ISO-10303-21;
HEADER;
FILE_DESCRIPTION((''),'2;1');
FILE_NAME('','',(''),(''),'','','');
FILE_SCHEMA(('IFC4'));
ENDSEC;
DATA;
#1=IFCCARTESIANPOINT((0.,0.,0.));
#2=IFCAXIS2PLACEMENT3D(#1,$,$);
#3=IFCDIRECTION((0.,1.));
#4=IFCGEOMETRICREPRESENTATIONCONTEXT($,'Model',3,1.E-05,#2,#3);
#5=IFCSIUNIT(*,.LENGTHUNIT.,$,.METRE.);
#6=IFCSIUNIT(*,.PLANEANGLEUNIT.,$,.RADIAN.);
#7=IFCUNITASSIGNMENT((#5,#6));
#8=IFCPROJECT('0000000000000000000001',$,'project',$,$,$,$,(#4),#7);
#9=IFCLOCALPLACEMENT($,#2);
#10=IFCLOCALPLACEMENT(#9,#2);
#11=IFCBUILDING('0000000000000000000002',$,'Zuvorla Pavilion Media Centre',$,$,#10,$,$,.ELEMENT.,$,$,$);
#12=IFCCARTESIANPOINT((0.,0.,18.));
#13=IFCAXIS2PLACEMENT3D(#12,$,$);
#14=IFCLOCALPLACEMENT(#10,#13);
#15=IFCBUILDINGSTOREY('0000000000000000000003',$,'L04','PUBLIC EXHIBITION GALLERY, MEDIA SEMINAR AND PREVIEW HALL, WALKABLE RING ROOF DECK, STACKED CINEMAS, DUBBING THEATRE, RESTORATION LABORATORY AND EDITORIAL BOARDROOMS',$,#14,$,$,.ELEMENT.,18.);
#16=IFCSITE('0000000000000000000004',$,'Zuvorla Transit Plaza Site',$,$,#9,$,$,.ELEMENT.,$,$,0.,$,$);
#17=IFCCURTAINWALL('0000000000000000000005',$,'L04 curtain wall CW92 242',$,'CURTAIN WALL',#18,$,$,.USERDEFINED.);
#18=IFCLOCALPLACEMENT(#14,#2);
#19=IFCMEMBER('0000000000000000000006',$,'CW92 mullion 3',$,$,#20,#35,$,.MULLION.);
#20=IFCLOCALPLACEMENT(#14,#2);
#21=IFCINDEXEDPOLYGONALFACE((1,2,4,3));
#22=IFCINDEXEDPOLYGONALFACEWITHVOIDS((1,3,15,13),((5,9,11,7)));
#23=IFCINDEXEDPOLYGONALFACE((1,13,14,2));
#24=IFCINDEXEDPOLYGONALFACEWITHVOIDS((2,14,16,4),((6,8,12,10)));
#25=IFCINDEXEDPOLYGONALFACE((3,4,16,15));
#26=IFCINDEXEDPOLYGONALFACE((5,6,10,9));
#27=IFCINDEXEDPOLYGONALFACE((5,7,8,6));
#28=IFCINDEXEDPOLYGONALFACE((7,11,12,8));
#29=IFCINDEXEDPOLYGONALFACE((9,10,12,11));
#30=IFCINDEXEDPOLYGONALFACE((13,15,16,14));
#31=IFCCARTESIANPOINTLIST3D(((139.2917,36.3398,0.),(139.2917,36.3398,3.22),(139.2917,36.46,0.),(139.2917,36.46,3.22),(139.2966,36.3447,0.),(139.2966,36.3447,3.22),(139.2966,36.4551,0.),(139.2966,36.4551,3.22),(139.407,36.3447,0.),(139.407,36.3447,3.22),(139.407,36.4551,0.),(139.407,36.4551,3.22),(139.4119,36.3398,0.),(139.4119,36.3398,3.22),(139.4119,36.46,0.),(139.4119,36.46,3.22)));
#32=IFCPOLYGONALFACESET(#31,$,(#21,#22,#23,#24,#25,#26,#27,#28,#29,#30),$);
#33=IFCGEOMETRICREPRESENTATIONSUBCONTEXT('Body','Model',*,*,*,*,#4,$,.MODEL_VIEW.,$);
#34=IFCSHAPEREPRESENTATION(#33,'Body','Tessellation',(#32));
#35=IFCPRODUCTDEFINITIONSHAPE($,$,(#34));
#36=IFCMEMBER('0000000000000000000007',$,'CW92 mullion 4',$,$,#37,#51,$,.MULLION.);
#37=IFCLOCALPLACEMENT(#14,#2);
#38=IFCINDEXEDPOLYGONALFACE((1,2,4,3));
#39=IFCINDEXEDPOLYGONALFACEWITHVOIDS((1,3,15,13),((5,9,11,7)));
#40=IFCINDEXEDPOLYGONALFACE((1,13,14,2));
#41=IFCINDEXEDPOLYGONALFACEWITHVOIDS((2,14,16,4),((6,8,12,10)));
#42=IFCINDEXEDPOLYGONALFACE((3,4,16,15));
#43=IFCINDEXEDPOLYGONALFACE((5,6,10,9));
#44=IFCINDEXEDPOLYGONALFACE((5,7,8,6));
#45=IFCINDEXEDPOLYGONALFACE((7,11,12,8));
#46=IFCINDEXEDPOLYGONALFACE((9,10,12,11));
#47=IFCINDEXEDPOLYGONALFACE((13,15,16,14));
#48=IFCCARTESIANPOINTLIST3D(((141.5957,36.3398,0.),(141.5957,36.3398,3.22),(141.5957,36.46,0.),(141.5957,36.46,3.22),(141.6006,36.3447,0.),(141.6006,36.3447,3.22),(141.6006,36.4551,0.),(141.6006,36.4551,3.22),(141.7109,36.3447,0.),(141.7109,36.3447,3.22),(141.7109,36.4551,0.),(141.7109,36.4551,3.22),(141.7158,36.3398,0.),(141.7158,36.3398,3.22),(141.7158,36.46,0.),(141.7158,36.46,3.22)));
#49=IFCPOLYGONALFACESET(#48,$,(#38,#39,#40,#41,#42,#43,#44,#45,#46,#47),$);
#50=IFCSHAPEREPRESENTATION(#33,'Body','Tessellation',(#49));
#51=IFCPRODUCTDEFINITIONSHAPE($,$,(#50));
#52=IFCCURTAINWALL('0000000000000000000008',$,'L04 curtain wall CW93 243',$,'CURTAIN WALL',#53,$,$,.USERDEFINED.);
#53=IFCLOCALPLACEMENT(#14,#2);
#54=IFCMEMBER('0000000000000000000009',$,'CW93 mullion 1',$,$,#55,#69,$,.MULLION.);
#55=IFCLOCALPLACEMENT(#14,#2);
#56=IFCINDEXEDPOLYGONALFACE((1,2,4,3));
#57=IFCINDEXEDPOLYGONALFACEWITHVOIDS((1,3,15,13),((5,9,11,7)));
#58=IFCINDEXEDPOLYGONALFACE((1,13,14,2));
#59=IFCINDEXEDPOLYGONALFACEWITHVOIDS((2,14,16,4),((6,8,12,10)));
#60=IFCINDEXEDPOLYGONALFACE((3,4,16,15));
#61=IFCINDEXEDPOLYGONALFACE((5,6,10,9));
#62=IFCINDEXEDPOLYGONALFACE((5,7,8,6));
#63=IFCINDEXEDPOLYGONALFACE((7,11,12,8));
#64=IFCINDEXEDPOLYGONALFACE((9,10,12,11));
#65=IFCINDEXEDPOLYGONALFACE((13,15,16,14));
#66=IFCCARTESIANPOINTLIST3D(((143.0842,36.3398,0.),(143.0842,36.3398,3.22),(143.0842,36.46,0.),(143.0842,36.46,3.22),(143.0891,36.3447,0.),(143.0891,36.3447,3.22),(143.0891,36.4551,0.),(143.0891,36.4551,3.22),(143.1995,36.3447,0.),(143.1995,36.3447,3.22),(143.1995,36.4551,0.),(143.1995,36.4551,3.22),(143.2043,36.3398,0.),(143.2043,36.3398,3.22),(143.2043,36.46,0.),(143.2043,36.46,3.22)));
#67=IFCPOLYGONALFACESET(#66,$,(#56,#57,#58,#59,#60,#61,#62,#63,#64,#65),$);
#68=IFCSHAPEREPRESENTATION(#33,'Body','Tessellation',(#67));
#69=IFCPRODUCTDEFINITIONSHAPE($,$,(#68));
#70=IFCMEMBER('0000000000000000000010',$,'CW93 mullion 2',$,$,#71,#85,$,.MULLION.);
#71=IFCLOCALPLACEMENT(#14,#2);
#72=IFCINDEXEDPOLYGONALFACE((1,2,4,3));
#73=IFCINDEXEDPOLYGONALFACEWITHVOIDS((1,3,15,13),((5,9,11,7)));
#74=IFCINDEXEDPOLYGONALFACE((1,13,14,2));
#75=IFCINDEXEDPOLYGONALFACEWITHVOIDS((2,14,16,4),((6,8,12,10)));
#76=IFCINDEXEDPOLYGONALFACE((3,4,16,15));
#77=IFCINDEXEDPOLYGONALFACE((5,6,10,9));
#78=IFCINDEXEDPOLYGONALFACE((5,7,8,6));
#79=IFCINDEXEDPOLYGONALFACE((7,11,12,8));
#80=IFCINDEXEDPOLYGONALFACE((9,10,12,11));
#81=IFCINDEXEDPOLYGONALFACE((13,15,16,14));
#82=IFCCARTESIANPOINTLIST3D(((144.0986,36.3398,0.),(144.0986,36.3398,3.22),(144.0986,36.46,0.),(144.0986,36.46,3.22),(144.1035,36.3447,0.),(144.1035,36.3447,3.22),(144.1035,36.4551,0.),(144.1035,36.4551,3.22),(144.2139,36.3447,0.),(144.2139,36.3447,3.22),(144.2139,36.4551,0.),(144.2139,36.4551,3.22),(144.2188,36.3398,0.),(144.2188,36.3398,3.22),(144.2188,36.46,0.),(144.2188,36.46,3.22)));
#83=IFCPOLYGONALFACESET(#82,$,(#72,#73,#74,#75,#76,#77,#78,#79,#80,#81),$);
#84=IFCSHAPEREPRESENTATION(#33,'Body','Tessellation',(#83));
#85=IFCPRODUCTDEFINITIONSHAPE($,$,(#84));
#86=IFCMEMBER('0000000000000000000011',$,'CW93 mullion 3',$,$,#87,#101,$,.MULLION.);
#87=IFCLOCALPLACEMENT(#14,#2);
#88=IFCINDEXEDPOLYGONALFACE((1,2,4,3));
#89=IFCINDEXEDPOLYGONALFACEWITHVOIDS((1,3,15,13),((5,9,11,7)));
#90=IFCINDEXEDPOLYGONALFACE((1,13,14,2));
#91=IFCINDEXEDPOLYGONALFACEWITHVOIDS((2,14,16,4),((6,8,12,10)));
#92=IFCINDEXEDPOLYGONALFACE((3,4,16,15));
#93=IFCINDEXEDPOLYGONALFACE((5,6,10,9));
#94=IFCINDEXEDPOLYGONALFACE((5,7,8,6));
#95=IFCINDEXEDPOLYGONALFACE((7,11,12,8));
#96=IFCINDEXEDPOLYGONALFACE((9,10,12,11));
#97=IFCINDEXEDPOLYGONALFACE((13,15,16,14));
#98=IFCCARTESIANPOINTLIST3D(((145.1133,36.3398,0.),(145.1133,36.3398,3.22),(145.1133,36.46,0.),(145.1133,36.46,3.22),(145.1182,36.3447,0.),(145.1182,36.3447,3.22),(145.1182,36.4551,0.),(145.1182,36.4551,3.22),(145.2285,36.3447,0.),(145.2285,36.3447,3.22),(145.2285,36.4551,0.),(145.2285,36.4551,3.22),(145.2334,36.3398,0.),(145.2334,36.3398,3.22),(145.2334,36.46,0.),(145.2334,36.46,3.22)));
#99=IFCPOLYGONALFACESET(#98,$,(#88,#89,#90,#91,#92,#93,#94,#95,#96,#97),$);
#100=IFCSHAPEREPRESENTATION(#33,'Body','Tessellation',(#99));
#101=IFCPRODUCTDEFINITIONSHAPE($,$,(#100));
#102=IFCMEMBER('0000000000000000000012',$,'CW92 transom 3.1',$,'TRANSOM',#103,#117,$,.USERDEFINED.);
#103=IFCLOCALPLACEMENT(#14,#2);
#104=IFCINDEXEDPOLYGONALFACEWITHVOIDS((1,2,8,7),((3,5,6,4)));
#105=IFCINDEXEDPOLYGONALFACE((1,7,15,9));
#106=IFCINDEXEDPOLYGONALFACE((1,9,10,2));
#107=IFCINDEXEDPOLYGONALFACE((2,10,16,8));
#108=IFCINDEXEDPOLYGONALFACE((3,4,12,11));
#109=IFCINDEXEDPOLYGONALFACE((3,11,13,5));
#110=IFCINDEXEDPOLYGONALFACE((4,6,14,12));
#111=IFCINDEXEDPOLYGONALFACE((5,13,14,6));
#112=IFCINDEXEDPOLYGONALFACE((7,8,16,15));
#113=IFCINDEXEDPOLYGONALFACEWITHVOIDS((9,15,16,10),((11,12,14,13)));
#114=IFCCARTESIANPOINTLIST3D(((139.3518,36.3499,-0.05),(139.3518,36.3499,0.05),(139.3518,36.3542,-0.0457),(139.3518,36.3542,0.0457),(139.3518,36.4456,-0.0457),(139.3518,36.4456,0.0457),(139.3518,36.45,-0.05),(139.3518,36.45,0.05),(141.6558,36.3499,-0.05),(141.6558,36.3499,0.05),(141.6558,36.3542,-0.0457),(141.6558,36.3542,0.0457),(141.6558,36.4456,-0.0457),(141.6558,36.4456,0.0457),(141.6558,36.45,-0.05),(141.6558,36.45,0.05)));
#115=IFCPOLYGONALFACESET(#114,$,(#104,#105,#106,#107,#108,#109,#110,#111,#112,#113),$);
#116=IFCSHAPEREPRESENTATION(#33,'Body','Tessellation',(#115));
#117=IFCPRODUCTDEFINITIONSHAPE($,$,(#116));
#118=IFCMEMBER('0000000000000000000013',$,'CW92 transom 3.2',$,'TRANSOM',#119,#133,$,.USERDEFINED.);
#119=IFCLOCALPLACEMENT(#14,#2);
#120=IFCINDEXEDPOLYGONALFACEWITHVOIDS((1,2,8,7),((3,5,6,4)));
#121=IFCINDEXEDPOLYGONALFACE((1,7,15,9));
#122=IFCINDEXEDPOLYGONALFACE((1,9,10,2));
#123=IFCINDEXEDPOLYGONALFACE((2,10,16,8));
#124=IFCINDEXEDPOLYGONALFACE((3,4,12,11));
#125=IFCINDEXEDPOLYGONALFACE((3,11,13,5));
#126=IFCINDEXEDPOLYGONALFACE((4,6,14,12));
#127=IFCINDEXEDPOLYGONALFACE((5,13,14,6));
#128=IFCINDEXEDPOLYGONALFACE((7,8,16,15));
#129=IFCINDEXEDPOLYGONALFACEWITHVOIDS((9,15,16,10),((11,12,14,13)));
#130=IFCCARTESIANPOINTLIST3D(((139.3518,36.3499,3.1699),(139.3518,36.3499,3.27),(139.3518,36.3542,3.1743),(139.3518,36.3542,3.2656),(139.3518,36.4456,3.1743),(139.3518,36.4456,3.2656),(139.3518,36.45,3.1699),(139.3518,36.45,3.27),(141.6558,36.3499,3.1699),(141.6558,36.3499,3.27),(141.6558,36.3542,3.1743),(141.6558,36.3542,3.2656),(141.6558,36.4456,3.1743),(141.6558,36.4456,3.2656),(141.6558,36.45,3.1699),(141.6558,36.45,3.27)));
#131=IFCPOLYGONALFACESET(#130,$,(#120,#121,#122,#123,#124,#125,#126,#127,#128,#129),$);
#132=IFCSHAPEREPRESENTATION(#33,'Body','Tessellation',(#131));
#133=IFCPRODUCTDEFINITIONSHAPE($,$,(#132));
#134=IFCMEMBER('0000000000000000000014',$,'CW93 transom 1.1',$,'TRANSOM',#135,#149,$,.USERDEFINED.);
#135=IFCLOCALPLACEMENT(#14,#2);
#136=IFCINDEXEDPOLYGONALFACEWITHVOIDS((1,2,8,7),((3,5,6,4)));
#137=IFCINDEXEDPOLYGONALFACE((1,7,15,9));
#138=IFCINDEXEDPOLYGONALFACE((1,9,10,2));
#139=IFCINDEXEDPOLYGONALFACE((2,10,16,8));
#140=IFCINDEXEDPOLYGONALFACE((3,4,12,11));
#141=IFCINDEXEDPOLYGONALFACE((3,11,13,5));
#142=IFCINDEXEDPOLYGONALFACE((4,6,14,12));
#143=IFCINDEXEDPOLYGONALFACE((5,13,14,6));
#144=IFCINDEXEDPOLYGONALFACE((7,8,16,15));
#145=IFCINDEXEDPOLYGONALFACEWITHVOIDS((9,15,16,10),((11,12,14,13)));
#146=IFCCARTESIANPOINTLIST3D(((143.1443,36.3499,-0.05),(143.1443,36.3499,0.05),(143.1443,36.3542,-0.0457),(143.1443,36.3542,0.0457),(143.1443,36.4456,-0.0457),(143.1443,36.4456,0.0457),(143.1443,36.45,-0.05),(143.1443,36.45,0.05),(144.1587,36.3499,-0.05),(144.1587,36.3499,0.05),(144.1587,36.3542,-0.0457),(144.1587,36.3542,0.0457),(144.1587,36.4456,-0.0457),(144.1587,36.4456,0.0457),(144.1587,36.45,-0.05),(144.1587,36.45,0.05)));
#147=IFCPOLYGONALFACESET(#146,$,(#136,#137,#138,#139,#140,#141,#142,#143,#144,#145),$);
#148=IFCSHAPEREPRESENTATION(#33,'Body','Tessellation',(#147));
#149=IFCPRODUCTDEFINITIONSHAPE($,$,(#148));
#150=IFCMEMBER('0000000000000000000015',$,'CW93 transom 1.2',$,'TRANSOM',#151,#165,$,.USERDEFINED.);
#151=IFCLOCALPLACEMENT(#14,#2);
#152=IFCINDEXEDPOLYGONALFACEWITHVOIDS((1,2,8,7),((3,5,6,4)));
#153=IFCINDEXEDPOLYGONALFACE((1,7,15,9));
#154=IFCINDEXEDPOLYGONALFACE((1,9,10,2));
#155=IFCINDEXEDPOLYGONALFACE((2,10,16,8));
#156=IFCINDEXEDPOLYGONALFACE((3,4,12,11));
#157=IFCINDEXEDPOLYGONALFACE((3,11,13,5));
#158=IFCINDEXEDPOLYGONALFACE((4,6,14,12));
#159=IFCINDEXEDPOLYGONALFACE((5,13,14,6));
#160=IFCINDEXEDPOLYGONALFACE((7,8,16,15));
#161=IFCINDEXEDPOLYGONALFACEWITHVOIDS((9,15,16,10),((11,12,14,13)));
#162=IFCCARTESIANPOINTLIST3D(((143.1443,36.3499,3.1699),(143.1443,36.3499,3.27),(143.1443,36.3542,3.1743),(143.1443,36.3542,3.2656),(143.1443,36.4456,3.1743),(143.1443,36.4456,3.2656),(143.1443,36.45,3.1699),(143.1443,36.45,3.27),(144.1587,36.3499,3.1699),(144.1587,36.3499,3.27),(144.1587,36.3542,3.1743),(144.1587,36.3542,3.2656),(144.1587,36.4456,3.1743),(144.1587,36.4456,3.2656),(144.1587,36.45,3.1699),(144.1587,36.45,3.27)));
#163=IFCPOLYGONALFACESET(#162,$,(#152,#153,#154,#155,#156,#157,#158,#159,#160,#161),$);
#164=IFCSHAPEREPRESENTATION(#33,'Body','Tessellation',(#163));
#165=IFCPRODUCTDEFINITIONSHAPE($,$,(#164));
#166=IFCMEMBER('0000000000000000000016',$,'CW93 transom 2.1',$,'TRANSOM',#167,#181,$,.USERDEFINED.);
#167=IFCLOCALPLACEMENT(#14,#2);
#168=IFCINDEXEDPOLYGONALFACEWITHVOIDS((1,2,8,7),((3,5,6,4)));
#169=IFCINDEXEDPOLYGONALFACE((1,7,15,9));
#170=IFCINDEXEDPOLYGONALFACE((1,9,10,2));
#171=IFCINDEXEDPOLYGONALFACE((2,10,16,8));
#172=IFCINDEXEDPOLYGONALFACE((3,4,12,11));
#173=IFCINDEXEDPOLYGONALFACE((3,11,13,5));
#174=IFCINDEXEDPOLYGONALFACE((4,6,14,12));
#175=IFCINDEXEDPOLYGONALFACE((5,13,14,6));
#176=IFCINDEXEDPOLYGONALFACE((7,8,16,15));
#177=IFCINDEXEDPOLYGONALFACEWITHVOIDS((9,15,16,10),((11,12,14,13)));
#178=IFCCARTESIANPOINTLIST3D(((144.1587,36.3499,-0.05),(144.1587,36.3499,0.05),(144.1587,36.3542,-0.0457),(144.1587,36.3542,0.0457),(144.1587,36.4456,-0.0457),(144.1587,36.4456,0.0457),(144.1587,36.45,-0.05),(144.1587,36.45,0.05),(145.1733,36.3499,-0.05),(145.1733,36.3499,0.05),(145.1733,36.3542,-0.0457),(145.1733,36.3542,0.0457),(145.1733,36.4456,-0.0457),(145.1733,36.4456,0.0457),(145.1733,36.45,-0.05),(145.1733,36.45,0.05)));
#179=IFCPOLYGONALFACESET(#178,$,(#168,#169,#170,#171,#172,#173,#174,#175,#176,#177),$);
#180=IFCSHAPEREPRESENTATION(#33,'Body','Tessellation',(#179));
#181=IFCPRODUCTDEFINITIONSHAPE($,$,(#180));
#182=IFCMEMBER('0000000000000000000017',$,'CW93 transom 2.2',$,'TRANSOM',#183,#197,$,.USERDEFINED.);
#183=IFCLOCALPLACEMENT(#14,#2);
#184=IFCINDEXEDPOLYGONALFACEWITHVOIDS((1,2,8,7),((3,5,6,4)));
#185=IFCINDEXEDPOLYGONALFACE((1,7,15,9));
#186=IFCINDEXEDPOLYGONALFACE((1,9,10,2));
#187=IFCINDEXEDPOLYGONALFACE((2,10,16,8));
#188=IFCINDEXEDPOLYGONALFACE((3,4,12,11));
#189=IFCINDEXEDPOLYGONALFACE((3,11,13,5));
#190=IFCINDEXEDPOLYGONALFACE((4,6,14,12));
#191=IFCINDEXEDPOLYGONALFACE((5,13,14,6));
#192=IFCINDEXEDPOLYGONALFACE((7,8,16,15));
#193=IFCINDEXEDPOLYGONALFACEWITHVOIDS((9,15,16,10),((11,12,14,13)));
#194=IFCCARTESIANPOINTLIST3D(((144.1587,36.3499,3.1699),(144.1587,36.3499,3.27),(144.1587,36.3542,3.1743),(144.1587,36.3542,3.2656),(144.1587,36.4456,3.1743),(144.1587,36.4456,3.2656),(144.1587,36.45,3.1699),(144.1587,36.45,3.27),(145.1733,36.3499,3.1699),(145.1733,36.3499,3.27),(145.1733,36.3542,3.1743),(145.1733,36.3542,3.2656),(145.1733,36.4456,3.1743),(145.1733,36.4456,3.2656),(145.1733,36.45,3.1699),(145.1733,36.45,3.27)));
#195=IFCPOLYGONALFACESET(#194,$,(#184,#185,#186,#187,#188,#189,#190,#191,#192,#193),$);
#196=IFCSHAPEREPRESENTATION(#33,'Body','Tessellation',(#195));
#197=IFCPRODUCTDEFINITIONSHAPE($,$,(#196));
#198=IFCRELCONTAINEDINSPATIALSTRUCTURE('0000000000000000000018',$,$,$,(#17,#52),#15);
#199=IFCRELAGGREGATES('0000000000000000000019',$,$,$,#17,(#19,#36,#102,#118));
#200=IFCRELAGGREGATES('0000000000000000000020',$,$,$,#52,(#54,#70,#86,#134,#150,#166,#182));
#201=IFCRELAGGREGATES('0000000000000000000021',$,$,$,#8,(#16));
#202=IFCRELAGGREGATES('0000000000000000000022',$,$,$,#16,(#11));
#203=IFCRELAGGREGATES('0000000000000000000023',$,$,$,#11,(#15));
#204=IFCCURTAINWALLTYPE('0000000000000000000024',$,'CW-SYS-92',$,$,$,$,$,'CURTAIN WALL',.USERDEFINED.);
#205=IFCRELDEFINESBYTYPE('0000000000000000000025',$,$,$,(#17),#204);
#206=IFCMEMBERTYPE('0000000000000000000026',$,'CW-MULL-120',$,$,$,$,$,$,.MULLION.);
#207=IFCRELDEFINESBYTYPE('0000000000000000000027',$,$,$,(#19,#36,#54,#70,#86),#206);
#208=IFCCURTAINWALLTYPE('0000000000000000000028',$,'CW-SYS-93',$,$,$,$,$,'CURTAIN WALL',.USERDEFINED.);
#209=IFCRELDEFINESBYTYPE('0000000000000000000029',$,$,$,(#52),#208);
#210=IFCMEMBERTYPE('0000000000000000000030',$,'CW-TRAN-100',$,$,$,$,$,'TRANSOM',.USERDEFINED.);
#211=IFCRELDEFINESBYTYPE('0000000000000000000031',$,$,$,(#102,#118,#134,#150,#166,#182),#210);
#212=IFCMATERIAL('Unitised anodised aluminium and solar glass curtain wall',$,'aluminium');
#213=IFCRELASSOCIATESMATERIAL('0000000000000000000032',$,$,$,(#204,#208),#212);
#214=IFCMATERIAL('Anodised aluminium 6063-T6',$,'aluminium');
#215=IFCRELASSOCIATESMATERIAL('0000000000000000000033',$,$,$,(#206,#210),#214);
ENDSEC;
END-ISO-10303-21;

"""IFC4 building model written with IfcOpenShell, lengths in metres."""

from ifc_helpers import new_model, si_unit, direction, frame, origin, origin_2d, place, context, subcontext, project, spatial, hollow_rectangle, extrude, material, material_profile, profile_set, type_object, element, aggregate, save


model = new_model("IFC4")

# Units and contexts
model_context = context("Model", 3, precision=1e-05, world=origin(), true_north=direction((0.0, 1.0)))
body_context = subcontext(model_context, "Body", "Model", "MODEL_VIEW")
ifc_project = project(units=[si_unit("LENGTHUNIT", "METRE"), si_unit("PLANEANGLEUNIT", "RADIAN")], contexts=[model_context])

# Site, building, storey
site_placement = place(None, origin())
site = spatial("IfcSite", under=ifc_project, at=site_placement, Name="Zuvorla Transit Plaza Site", CompositionType="ELEMENT", RefElevation=0.0)
building_placement = place(site_placement, origin())
building = spatial("IfcBuilding", under=site, at=building_placement, Name="Zuvorla Pavilion Media Centre", CompositionType="ELEMENT")
storey_placement = place(building_placement, frame((0.0, 0.0, 18.0)))
storey = spatial("IfcBuildingStorey", under=building, at=storey_placement, Name="L04", Description="PUBLIC EXHIBITION GALLERY, MEDIA SEMINAR AND PREVIEW HALL, WALKABLE RING ROOF DECK, STACKED CINEMAS, DUBBING THEATRE, RESTORATION LABORATORY AND EDITORIAL BOARDROOMS", CompositionType="ELEMENT", Elevation=18.0)

# Curtain walls, members
ifc_material_1 = material(Name="Unitised anodised aluminium and solar glass curtain wall", Category="aluminium")
curtain_wall_type_1 = type_object("IfcCurtainWallType", Name="CW-SYS-92", ElementType="CURTAIN WALL", PredefinedType="USERDEFINED", material=ifc_material_1)
curtain_wall_1_placement = place(storey_placement, origin())
curtain_wall_1 = element("IfcCurtainWall", 1, at=curtain_wall_1_placement, inside=storey, type_object=curtain_wall_type_1, Name="L04 curtain wall CW92 242", ObjectType="CURTAIN WALL", PredefinedType="USERDEFINED")
ifc_material_2 = material(Name="Anodised aluminium 6063-T6", Category="aluminium")
ifc_material_profile_1 = material_profile(ifc_material_2, hollow_rectangle(XDim=0.1201, YDim=0.1201, WallThickness=0.0049, at=origin_2d()), Name="ALU MULL 120x120")
ifc_profile_set_1 = profile_set([ifc_material_profile_1], Name="Anodised aluminium 6063-T6")
member_type_1 = type_object("IfcMemberType", Name="CW-MULL-120", PredefinedType="MULLION", material=ifc_profile_set_1)
member_1_placement = place(storey_placement, frame((139.3518, 36.3999, 0.0), z_axis=(0.0, 0.0, 1.0), x_axis=(1.0, 0.0, 0.0)))
member_1 = element("IfcMember", 2, at=member_1_placement, type_object=member_type_1, Name="CW92 mullion 3", PredefinedType="MULLION", context=body_context, shape_type="SweptSolid", body=[
    extrude(hollow_rectangle(XDim=0.1201, YDim=0.1201, WallThickness=0.0049, at=origin_2d()), origin(), (0.0, 0.0, 1.0), 3.22),
])
member_2_placement = place(storey_placement, frame((141.6558, 36.3999, 0.0), z_axis=(0.0, 0.0, 1.0), x_axis=(1.0, 0.0, 0.0)))
member_2 = element("IfcMember", 3, at=member_2_placement, type_object=member_type_1, Name="CW92 mullion 4", PredefinedType="MULLION", context=body_context, shape_type="SweptSolid", body=[
    extrude(hollow_rectangle(XDim=0.1201, YDim=0.1201, WallThickness=0.0049, at=origin_2d()), origin(), (0.0, 0.0, 1.0), 3.22),
])
curtain_wall_type_2 = type_object("IfcCurtainWallType", Name="CW-SYS-93", ElementType="CURTAIN WALL", PredefinedType="USERDEFINED", material=ifc_material_1)
curtain_wall_2_placement = place(storey_placement, origin())
curtain_wall_2 = element("IfcCurtainWall", 4, at=curtain_wall_2_placement, inside=storey, type_object=curtain_wall_type_2, Name="L04 curtain wall CW93 243", ObjectType="CURTAIN WALL", PredefinedType="USERDEFINED")
member_3_placement = place(storey_placement, frame((143.1443, 36.3999, 0.0), z_axis=(0.0, 0.0, 1.0), x_axis=(1.0, 0.0, 0.0)))
member_3 = element("IfcMember", 5, at=member_3_placement, type_object=member_type_1, Name="CW93 mullion 1", PredefinedType="MULLION", context=body_context, shape_type="SweptSolid", body=[
    extrude(hollow_rectangle(XDim=0.1201, YDim=0.1201, WallThickness=0.0049, at=origin_2d()), origin(), (0.0, 0.0, 1.0), 3.22),
])
member_4_placement = place(storey_placement, frame((144.1587, 36.3999, 0.0), z_axis=(0.0, 0.0, 1.0), x_axis=(1.0, 0.0, 0.0)))
member_4 = element("IfcMember", 6, at=member_4_placement, type_object=member_type_1, Name="CW93 mullion 2", PredefinedType="MULLION", context=body_context, shape_type="SweptSolid", body=[
    extrude(hollow_rectangle(XDim=0.1201, YDim=0.1201, WallThickness=0.0049, at=origin_2d()), origin(), (0.0, 0.0, 1.0), 3.22),
])
member_5_placement = place(storey_placement, frame((145.1733, 36.3999, 0.0), z_axis=(0.0, 0.0, 1.0), x_axis=(1.0, 0.0, 0.0)))
member_5 = element("IfcMember", 7, at=member_5_placement, type_object=member_type_1, Name="CW93 mullion 3", PredefinedType="MULLION", context=body_context, shape_type="SweptSolid", body=[
    extrude(hollow_rectangle(XDim=0.1201, YDim=0.1201, WallThickness=0.0049, at=origin_2d()), origin(), (0.0, 0.0, 1.0), 3.22),
])

# Members
ifc_material_profile_2 = material_profile(ifc_material_2, hollow_rectangle(XDim=0.1001, YDim=0.1001, WallThickness=0.0044, at=origin_2d()), Name="ALU TRAN 100x100")
ifc_profile_set_2 = profile_set([ifc_material_profile_2], Name="Anodised aluminium 6063-T6")
member_type_2 = type_object("IfcMemberType", Name="CW-TRAN-100", ElementType="TRANSOM", PredefinedType="USERDEFINED", material=ifc_profile_set_2)
member_6_placement = place(storey_placement, frame((139.3518, 36.3999, 0.0), z_axis=(1.0, 0.0, 0.0), x_axis=(0.0, 1.0, 0.0)))
member_6 = element("IfcMember", 8, at=member_6_placement, type_object=member_type_2, Name="CW92 transom 3.1", ObjectType="TRANSOM", PredefinedType="USERDEFINED", context=body_context, shape_type="SweptSolid", body=[
    extrude(hollow_rectangle(XDim=0.1001, YDim=0.1001, WallThickness=0.0044, at=origin_2d()), origin(), (0.0, 0.0, 1.0), 2.304),
])
member_7_placement = place(storey_placement, frame((139.3518, 36.3999, 3.22), z_axis=(1.0, 0.0, 0.0), x_axis=(0.0, 1.0, 0.0)))
member_7 = element("IfcMember", 9, at=member_7_placement, type_object=member_type_2, Name="CW92 transom 3.2", ObjectType="TRANSOM", PredefinedType="USERDEFINED", context=body_context, shape_type="SweptSolid", body=[
    extrude(hollow_rectangle(XDim=0.1001, YDim=0.1001, WallThickness=0.0044, at=origin_2d()), origin(), (0.0, 0.0, 1.0), 2.304),
])
member_8_placement = place(storey_placement, frame((143.1443, 36.3999, 0.0), z_axis=(1.0, 0.0, 0.0), x_axis=(0.0, 1.0, 0.0)))
member_8 = element("IfcMember", 10, at=member_8_placement, type_object=member_type_2, Name="CW93 transom 1.1", ObjectType="TRANSOM", PredefinedType="USERDEFINED", context=body_context, shape_type="SweptSolid", body=[
    extrude(hollow_rectangle(XDim=0.1001, YDim=0.1001, WallThickness=0.0044, at=origin_2d()), origin(), (0.0, 0.0, 1.0), 1.0144),
])
member_9_placement = place(storey_placement, frame((143.1443, 36.3999, 3.22), z_axis=(1.0, 0.0, 0.0), x_axis=(0.0, 1.0, 0.0)))
member_9 = element("IfcMember", 11, at=member_9_placement, type_object=member_type_2, Name="CW93 transom 1.2", ObjectType="TRANSOM", PredefinedType="USERDEFINED", context=body_context, shape_type="SweptSolid", body=[
    extrude(hollow_rectangle(XDim=0.1001, YDim=0.1001, WallThickness=0.0044, at=origin_2d()), origin(), (0.0, 0.0, 1.0), 1.0144),
])
member_10_placement = place(storey_placement, frame((144.1587, 36.3999, 0.0), z_axis=(1.0, 0.0, 0.0), x_axis=(0.0, 1.0, 0.0)))
member_10 = element("IfcMember", 12, at=member_10_placement, type_object=member_type_2, Name="CW93 transom 2.1", ObjectType="TRANSOM", PredefinedType="USERDEFINED", context=body_context, shape_type="SweptSolid", body=[
    extrude(hollow_rectangle(XDim=0.1001, YDim=0.1001, WallThickness=0.0044, at=origin_2d()), origin(), (0.0, 0.0, 1.0), 1.0146),
])
member_11_placement = place(storey_placement, frame((144.1587, 36.3999, 3.22), z_axis=(1.0, 0.0, 0.0), x_axis=(0.0, 1.0, 0.0)))
member_11 = element("IfcMember", 13, at=member_11_placement, type_object=member_type_2, Name="CW93 transom 2.2", ObjectType="TRANSOM", PredefinedType="USERDEFINED", context=body_context, shape_type="SweptSolid", body=[
    extrude(hollow_rectangle(XDim=0.1001, YDim=0.1001, WallThickness=0.0044, at=origin_2d()), origin(), (0.0, 0.0, 1.0), 1.0146),
])

aggregate(curtain_wall_1, [member_1, member_2, member_6, member_7])
aggregate(curtain_wall_2, [member_3, member_4, member_5, member_8, member_9, member_10, member_11])

save(model, "model.ifc")
